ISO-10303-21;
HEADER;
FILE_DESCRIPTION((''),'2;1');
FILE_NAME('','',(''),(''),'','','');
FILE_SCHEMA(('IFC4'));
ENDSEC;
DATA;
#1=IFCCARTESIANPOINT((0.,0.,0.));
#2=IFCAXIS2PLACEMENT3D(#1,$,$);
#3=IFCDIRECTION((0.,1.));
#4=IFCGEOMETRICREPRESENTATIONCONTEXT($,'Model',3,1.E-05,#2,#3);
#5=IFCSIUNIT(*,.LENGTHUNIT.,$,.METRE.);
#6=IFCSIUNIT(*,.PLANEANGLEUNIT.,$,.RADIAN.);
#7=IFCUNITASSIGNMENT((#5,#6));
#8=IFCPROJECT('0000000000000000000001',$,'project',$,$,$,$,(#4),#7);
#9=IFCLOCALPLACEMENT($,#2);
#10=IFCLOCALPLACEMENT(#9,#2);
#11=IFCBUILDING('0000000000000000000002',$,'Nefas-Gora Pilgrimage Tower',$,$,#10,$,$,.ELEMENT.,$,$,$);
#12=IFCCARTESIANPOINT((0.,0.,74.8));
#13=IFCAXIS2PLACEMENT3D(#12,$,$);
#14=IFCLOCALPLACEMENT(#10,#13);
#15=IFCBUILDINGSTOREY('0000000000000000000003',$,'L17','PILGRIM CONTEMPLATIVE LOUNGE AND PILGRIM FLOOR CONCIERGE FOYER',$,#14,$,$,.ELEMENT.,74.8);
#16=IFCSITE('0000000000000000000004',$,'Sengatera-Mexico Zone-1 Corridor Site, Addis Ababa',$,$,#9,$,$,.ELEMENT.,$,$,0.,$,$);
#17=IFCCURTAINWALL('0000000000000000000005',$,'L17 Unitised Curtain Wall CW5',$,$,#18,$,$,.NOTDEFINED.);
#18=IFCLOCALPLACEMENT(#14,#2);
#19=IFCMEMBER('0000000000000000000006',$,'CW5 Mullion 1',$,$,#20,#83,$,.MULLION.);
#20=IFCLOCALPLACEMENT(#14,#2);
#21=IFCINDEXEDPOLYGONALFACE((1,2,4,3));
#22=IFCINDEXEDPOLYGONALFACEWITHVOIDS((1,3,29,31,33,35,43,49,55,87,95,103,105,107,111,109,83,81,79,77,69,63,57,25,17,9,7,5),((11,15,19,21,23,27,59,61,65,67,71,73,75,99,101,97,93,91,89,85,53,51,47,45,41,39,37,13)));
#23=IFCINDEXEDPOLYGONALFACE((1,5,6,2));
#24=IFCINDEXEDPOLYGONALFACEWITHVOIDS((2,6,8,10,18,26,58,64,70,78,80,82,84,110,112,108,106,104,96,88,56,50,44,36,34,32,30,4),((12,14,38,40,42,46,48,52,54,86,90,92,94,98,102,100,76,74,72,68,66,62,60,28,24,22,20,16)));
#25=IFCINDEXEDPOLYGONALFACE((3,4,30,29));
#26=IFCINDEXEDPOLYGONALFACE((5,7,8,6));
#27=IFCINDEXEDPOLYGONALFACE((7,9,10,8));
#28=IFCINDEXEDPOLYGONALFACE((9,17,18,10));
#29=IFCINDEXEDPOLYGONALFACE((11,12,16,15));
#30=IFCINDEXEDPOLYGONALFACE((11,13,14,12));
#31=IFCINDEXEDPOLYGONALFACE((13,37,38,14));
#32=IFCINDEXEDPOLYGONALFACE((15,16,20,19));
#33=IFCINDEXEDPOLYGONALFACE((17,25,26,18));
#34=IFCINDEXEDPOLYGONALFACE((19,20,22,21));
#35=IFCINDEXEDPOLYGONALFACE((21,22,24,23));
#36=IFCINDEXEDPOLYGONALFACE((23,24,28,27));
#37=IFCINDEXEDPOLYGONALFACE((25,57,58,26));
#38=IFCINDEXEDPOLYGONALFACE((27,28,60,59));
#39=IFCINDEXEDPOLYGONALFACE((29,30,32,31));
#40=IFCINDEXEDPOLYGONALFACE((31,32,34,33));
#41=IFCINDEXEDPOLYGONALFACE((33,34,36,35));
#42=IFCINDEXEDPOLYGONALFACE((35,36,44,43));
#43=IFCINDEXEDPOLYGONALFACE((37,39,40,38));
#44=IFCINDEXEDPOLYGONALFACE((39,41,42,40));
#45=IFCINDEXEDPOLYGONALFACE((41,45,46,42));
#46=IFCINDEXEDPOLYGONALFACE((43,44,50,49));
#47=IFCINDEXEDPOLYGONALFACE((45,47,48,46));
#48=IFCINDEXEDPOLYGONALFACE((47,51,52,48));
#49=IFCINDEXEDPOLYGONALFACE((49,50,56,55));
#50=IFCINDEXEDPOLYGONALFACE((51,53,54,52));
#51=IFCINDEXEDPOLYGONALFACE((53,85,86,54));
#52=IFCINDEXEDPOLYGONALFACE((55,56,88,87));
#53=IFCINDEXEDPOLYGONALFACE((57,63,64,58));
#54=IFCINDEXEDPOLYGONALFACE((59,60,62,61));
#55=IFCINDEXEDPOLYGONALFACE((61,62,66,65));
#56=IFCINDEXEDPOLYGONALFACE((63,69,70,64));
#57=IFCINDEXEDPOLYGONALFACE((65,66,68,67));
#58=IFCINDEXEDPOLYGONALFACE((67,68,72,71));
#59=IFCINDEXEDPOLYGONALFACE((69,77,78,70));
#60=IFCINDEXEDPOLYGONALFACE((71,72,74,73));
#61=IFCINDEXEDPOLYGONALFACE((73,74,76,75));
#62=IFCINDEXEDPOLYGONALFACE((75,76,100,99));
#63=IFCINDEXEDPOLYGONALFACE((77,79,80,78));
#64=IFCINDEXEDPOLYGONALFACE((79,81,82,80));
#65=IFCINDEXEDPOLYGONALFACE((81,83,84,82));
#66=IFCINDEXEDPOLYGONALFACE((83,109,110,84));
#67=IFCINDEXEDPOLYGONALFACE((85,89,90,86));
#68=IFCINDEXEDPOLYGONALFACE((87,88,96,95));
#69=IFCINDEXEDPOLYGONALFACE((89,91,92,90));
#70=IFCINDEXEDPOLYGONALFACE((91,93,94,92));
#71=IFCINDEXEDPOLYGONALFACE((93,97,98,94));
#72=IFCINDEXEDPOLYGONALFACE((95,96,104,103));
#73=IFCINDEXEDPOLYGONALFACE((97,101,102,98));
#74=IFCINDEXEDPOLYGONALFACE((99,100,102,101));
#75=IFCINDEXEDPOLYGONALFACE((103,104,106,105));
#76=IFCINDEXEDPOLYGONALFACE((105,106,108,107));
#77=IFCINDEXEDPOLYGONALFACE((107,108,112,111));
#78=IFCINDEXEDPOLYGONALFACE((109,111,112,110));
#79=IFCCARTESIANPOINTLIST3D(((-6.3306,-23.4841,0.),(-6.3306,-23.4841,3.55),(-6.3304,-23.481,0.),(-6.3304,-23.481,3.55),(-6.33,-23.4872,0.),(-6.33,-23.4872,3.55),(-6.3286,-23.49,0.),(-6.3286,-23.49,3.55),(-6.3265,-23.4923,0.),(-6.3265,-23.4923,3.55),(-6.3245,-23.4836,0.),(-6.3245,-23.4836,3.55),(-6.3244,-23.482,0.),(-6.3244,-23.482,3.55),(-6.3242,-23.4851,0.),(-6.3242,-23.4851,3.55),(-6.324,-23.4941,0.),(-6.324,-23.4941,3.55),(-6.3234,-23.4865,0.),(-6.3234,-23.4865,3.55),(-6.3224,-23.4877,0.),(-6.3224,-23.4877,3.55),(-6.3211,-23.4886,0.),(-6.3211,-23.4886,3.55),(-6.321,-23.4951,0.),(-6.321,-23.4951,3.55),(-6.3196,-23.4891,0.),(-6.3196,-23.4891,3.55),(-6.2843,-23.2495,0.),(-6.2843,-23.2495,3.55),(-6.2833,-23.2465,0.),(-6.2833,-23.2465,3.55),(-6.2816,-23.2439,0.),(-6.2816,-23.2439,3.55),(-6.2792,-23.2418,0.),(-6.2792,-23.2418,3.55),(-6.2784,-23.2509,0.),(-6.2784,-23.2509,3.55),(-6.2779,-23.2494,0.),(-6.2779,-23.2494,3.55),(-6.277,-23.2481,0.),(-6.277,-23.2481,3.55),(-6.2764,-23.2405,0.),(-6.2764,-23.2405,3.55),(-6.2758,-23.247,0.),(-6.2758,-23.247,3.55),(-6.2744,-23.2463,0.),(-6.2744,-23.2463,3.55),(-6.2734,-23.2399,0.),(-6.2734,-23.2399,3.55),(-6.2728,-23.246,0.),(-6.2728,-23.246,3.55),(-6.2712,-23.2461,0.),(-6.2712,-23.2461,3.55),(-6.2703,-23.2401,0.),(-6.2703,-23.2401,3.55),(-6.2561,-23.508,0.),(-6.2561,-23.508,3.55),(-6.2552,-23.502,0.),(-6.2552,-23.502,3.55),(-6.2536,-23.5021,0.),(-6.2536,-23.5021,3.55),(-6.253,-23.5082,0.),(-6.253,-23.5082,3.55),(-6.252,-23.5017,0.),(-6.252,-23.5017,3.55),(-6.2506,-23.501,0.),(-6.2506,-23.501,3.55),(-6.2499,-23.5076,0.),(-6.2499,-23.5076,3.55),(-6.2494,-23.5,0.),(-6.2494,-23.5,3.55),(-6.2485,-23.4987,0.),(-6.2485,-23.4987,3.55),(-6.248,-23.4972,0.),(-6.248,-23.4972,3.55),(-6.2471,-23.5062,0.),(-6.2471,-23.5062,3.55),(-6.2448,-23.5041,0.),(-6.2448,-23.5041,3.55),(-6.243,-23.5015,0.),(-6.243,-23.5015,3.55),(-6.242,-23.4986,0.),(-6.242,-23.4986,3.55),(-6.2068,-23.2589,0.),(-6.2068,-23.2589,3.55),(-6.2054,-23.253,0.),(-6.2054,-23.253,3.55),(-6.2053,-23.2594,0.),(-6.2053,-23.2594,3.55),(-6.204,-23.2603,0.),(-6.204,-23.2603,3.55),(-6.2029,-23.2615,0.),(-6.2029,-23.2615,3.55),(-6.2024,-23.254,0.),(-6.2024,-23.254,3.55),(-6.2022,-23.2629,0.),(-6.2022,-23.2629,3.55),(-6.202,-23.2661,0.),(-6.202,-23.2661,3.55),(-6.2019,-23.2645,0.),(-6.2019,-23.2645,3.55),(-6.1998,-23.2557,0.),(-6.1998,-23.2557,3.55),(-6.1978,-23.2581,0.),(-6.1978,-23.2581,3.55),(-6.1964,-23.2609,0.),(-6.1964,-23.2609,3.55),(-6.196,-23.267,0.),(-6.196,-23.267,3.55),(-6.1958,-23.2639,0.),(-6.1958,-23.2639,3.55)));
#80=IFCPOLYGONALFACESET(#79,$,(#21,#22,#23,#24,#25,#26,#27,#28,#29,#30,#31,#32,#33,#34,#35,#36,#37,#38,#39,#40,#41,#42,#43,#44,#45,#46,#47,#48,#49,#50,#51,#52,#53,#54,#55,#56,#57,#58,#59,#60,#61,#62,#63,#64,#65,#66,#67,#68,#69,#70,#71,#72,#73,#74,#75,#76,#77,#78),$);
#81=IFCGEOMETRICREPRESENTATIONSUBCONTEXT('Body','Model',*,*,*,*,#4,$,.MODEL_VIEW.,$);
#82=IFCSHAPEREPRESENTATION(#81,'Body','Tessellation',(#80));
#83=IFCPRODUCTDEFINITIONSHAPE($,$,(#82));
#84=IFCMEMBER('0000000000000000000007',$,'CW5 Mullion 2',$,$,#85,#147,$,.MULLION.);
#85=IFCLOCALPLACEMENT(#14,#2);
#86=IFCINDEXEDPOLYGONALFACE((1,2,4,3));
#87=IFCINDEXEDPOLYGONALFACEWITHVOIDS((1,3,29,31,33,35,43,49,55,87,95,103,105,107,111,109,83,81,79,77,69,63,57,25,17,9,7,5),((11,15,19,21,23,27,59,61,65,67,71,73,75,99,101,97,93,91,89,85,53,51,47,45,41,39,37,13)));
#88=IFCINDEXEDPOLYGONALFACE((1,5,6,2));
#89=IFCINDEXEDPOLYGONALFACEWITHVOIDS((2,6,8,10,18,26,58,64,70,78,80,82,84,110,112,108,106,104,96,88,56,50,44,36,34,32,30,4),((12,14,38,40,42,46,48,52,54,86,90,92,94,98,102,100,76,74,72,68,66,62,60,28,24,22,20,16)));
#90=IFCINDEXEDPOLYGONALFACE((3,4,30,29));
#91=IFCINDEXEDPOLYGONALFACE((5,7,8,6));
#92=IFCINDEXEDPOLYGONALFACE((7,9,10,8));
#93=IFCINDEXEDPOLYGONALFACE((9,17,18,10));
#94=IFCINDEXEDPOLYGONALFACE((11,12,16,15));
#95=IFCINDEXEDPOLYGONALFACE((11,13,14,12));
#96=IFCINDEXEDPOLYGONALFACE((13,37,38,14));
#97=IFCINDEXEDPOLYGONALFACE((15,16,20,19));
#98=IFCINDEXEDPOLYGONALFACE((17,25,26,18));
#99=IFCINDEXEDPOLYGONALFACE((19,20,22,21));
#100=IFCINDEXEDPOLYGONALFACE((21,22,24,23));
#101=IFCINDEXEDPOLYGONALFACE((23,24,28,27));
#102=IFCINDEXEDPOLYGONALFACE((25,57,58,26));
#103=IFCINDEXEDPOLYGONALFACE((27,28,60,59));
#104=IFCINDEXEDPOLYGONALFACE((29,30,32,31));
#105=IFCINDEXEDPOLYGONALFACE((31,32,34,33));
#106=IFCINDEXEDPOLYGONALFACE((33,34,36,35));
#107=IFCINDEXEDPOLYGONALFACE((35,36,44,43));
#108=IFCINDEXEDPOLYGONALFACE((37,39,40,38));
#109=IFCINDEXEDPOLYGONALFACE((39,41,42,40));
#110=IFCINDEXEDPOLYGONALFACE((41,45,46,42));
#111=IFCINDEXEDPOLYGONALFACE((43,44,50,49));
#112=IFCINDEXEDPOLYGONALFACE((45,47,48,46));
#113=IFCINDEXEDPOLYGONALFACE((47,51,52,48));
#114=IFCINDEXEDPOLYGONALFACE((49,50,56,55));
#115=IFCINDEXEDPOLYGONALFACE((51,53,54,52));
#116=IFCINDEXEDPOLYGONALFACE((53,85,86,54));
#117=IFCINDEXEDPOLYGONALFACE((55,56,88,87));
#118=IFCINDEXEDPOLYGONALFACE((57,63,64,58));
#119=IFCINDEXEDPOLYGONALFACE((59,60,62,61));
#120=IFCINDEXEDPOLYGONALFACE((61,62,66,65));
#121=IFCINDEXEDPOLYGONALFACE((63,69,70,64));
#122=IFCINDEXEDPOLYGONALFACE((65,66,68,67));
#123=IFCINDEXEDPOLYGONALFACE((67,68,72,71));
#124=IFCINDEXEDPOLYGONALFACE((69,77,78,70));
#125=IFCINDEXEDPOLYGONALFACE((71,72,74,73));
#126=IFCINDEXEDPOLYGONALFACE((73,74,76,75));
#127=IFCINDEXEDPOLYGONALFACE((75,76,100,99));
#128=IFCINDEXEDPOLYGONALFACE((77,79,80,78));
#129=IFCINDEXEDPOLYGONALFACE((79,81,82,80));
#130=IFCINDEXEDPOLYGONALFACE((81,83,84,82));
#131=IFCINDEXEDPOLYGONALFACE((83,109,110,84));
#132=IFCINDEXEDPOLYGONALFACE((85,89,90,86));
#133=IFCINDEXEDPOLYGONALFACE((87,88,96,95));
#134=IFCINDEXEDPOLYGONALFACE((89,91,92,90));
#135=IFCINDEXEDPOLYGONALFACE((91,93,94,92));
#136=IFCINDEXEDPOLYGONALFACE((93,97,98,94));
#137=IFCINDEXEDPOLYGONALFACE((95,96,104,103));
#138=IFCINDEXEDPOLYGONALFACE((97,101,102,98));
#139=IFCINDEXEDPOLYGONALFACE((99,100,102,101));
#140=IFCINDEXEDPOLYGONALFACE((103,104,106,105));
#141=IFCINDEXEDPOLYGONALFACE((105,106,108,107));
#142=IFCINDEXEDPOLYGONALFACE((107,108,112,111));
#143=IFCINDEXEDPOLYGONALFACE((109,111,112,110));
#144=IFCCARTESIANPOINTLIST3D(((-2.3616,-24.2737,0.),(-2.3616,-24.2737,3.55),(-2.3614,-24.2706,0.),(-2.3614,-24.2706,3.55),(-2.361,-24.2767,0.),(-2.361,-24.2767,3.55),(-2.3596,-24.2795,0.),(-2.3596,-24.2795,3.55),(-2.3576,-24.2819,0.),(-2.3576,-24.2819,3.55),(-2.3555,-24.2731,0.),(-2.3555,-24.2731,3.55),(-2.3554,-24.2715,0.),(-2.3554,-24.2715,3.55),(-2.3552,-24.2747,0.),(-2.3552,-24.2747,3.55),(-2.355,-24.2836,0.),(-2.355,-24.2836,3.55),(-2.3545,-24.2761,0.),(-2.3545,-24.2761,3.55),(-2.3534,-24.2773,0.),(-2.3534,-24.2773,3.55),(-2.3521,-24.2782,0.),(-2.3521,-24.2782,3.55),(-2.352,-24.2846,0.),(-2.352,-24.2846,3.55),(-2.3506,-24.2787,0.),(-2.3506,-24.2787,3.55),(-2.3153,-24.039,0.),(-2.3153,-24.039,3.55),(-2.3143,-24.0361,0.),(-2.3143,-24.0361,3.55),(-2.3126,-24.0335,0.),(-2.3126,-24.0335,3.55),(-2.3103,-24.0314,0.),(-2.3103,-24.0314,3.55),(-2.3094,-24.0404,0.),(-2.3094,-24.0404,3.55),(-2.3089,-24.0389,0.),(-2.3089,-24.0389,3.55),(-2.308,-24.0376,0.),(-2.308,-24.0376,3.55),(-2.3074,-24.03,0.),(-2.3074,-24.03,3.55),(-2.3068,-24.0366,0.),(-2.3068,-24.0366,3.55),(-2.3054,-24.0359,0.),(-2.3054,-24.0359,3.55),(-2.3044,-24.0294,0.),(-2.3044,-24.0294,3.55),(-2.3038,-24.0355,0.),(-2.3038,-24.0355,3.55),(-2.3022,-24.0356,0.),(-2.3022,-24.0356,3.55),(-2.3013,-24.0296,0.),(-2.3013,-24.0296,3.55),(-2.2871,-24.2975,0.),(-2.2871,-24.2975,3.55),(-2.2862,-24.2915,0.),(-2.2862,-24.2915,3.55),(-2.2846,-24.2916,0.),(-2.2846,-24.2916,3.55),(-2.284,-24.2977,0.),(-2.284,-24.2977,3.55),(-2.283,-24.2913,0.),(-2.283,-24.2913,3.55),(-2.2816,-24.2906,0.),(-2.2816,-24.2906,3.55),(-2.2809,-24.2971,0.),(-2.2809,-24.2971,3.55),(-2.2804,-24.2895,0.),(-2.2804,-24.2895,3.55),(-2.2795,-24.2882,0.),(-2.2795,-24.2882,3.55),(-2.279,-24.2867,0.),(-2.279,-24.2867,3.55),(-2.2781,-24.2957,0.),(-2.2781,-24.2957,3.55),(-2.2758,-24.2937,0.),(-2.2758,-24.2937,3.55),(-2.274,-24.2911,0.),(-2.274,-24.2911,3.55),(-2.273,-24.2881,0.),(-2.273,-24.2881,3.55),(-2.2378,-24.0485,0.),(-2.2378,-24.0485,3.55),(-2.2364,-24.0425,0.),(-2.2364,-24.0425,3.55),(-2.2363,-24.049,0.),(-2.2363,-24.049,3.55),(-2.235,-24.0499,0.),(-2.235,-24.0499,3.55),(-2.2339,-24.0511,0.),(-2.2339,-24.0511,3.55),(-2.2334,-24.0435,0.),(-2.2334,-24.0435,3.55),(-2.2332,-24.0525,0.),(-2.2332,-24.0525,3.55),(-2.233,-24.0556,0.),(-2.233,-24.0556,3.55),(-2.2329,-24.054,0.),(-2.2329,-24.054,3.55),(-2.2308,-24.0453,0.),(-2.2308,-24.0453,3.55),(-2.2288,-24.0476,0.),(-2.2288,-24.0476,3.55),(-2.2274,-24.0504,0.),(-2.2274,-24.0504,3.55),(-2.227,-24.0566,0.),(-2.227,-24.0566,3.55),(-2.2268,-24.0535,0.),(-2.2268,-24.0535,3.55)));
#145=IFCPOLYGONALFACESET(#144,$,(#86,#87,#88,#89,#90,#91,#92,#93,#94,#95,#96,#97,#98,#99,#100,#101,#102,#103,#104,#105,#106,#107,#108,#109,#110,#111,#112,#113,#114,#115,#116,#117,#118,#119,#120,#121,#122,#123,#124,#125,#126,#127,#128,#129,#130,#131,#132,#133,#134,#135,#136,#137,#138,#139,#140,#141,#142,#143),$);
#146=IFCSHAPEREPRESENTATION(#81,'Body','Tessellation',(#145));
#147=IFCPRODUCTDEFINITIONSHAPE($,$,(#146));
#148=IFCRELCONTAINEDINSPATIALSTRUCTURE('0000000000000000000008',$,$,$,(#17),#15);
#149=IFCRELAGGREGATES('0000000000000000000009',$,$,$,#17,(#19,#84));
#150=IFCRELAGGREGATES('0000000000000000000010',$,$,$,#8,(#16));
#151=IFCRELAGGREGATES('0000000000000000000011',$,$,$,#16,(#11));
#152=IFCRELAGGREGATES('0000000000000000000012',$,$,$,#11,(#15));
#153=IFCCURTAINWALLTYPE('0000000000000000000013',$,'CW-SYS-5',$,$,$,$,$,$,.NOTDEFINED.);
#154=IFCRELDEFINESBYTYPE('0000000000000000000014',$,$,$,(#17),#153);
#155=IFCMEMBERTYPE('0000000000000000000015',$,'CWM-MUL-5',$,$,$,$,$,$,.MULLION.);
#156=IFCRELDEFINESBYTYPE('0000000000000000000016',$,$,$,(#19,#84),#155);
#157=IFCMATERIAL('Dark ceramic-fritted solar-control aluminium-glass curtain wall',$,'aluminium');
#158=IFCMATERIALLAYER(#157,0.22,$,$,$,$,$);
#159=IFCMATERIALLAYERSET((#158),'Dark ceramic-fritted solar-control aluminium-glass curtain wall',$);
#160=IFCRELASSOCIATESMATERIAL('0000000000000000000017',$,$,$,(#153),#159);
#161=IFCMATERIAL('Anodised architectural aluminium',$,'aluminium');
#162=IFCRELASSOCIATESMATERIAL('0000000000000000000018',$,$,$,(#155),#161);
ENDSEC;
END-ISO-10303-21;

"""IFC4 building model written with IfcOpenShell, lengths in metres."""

from ifc_helpers import new_model, si_unit, direction, frame, origin, origin_2d, place, context, subcontext, project, spatial, hollow_rectangle, extrude, source, transform, mapped, material, layer, layer_set, material_profile, profile_set, type_object, element, aggregate, save


model = new_model("IFC4")

# Units and contexts
model_context = context("Model", 3, precision=1e-05, world=origin(), true_north=direction((0.0, 1.0)))
body_context = subcontext(model_context, "Body", "Model", "MODEL_VIEW")
ifc_project = project(units=[si_unit("LENGTHUNIT", "METRE"), si_unit("PLANEANGLEUNIT", "RADIAN")], contexts=[model_context])

# Site, building, storey
site_placement = place(None, origin())
site = spatial("IfcSite", under=ifc_project, at=site_placement, Name="Sengatera-Mexico Zone-1 Corridor Site, Addis Ababa", CompositionType="ELEMENT", RefElevation=0.0)
building_placement = place(site_placement, origin())
building = spatial("IfcBuilding", under=site, at=building_placement, Name="Nefas-Gora Pilgrimage Tower", CompositionType="ELEMENT")
storey_placement = place(building_placement, frame((0.0, 0.0, 74.8)))
storey = spatial("IfcBuildingStorey", under=building, at=storey_placement, Name="L17", Description="PILGRIM CONTEMPLATIVE LOUNGE AND PILGRIM FLOOR CONCIERGE FOYER", CompositionType="ELEMENT", Elevation=74.8)

# Shared definitions
ifc_material_1 = material(Name="Dark ceramic-fritted solar-control aluminium-glass curtain wall", Category="aluminium")
ifc_layer_1 = layer(ifc_material_1, 0.22)
ifc_layer_set_1 = layer_set([ifc_layer_1], Name="Dark ceramic-fritted solar-control aluminium-glass curtain wall")
curtain_wall_type = type_object("IfcCurtainWallType", Name="CW-SYS-5", PredefinedType="NOTDEFINED", material=ifc_layer_set_1)
ifc_material_2 = material(Name="Anodised architectural aluminium", Category="aluminium")
ifc_material_profile_1 = material_profile(ifc_material_2, hollow_rectangle(XDim=0.0901, YDim=0.26, WallThickness=0.0061, InnerFilletRadius=0.0061, OuterFilletRadius=0.012, at=origin_2d()), Name="ALU MULLION 90x260")
ifc_profile_set_1 = profile_set([ifc_material_profile_1], Name="Anodised architectural aluminium")
member_type_1 = type_object("IfcMemberType", Name="CWM-MUL-5", PredefinedType="MULLION", material=ifc_profile_set_1)
shared_shape_1 = source(origin(), body_context, "Body", "SweptSolid", [
    extrude(hollow_rectangle(XDim=0.0901, YDim=0.26, WallThickness=0.0061, InnerFilletRadius=0.0061, OuterFilletRadius=0.012, at=origin_2d()), origin(), (0.0, 0.0, 1.0), 3.55),
])

# Curtain wall, members
curtain_wall_1_placement = place(storey_placement, origin())
curtain_wall_1 = element("IfcCurtainWall", 1, at=curtain_wall_1_placement, inside=storey, type_object=curtain_wall_type, Name="L17 Unitised Curtain Wall CW5", PredefinedType="NOTDEFINED")
member_1_placement = place(storey_placement, frame((-6.2632, -23.374, 0.0), z_axis=(0.0, 0.0, 1.0), x_axis=(0.980783, -0.195102, 0.0)))
member_1 = element("IfcMember", 2, at=member_1_placement, type_object=member_type_1, Name="CW5 Mullion 1", PredefinedType="MULLION", context=body_context, shape_type="MappedRepresentation", body=[
    mapped(shared_shape_1, transform((0.0, 0.0, 0.0), x_axis=(1.0, 0.0, 0.0), y_axis=(0.0, 1.0, 0.0), z_axis=(0.0, 0.0, 1.0), scale=1.0)),
])
member_2_placement = place(storey_placement, frame((-2.2942, -24.1636, 0.0), z_axis=(0.0, 0.0, 1.0), x_axis=(0.980783, -0.195102, 0.0)))
member_2 = element("IfcMember", 3, at=member_2_placement, type_object=member_type_1, Name="CW5 Mullion 2", PredefinedType="MULLION", context=body_context, shape_type="MappedRepresentation", body=[
    mapped(shared_shape_1, transform((0.0, 0.0, 0.0), x_axis=(1.0, 0.0, 0.0), y_axis=(0.0, 1.0, 0.0), z_axis=(0.0, 0.0, 1.0), scale=1.0)),
])

aggregate(curtain_wall_1, [member_1, member_2])

save(model, "model.ifc")
